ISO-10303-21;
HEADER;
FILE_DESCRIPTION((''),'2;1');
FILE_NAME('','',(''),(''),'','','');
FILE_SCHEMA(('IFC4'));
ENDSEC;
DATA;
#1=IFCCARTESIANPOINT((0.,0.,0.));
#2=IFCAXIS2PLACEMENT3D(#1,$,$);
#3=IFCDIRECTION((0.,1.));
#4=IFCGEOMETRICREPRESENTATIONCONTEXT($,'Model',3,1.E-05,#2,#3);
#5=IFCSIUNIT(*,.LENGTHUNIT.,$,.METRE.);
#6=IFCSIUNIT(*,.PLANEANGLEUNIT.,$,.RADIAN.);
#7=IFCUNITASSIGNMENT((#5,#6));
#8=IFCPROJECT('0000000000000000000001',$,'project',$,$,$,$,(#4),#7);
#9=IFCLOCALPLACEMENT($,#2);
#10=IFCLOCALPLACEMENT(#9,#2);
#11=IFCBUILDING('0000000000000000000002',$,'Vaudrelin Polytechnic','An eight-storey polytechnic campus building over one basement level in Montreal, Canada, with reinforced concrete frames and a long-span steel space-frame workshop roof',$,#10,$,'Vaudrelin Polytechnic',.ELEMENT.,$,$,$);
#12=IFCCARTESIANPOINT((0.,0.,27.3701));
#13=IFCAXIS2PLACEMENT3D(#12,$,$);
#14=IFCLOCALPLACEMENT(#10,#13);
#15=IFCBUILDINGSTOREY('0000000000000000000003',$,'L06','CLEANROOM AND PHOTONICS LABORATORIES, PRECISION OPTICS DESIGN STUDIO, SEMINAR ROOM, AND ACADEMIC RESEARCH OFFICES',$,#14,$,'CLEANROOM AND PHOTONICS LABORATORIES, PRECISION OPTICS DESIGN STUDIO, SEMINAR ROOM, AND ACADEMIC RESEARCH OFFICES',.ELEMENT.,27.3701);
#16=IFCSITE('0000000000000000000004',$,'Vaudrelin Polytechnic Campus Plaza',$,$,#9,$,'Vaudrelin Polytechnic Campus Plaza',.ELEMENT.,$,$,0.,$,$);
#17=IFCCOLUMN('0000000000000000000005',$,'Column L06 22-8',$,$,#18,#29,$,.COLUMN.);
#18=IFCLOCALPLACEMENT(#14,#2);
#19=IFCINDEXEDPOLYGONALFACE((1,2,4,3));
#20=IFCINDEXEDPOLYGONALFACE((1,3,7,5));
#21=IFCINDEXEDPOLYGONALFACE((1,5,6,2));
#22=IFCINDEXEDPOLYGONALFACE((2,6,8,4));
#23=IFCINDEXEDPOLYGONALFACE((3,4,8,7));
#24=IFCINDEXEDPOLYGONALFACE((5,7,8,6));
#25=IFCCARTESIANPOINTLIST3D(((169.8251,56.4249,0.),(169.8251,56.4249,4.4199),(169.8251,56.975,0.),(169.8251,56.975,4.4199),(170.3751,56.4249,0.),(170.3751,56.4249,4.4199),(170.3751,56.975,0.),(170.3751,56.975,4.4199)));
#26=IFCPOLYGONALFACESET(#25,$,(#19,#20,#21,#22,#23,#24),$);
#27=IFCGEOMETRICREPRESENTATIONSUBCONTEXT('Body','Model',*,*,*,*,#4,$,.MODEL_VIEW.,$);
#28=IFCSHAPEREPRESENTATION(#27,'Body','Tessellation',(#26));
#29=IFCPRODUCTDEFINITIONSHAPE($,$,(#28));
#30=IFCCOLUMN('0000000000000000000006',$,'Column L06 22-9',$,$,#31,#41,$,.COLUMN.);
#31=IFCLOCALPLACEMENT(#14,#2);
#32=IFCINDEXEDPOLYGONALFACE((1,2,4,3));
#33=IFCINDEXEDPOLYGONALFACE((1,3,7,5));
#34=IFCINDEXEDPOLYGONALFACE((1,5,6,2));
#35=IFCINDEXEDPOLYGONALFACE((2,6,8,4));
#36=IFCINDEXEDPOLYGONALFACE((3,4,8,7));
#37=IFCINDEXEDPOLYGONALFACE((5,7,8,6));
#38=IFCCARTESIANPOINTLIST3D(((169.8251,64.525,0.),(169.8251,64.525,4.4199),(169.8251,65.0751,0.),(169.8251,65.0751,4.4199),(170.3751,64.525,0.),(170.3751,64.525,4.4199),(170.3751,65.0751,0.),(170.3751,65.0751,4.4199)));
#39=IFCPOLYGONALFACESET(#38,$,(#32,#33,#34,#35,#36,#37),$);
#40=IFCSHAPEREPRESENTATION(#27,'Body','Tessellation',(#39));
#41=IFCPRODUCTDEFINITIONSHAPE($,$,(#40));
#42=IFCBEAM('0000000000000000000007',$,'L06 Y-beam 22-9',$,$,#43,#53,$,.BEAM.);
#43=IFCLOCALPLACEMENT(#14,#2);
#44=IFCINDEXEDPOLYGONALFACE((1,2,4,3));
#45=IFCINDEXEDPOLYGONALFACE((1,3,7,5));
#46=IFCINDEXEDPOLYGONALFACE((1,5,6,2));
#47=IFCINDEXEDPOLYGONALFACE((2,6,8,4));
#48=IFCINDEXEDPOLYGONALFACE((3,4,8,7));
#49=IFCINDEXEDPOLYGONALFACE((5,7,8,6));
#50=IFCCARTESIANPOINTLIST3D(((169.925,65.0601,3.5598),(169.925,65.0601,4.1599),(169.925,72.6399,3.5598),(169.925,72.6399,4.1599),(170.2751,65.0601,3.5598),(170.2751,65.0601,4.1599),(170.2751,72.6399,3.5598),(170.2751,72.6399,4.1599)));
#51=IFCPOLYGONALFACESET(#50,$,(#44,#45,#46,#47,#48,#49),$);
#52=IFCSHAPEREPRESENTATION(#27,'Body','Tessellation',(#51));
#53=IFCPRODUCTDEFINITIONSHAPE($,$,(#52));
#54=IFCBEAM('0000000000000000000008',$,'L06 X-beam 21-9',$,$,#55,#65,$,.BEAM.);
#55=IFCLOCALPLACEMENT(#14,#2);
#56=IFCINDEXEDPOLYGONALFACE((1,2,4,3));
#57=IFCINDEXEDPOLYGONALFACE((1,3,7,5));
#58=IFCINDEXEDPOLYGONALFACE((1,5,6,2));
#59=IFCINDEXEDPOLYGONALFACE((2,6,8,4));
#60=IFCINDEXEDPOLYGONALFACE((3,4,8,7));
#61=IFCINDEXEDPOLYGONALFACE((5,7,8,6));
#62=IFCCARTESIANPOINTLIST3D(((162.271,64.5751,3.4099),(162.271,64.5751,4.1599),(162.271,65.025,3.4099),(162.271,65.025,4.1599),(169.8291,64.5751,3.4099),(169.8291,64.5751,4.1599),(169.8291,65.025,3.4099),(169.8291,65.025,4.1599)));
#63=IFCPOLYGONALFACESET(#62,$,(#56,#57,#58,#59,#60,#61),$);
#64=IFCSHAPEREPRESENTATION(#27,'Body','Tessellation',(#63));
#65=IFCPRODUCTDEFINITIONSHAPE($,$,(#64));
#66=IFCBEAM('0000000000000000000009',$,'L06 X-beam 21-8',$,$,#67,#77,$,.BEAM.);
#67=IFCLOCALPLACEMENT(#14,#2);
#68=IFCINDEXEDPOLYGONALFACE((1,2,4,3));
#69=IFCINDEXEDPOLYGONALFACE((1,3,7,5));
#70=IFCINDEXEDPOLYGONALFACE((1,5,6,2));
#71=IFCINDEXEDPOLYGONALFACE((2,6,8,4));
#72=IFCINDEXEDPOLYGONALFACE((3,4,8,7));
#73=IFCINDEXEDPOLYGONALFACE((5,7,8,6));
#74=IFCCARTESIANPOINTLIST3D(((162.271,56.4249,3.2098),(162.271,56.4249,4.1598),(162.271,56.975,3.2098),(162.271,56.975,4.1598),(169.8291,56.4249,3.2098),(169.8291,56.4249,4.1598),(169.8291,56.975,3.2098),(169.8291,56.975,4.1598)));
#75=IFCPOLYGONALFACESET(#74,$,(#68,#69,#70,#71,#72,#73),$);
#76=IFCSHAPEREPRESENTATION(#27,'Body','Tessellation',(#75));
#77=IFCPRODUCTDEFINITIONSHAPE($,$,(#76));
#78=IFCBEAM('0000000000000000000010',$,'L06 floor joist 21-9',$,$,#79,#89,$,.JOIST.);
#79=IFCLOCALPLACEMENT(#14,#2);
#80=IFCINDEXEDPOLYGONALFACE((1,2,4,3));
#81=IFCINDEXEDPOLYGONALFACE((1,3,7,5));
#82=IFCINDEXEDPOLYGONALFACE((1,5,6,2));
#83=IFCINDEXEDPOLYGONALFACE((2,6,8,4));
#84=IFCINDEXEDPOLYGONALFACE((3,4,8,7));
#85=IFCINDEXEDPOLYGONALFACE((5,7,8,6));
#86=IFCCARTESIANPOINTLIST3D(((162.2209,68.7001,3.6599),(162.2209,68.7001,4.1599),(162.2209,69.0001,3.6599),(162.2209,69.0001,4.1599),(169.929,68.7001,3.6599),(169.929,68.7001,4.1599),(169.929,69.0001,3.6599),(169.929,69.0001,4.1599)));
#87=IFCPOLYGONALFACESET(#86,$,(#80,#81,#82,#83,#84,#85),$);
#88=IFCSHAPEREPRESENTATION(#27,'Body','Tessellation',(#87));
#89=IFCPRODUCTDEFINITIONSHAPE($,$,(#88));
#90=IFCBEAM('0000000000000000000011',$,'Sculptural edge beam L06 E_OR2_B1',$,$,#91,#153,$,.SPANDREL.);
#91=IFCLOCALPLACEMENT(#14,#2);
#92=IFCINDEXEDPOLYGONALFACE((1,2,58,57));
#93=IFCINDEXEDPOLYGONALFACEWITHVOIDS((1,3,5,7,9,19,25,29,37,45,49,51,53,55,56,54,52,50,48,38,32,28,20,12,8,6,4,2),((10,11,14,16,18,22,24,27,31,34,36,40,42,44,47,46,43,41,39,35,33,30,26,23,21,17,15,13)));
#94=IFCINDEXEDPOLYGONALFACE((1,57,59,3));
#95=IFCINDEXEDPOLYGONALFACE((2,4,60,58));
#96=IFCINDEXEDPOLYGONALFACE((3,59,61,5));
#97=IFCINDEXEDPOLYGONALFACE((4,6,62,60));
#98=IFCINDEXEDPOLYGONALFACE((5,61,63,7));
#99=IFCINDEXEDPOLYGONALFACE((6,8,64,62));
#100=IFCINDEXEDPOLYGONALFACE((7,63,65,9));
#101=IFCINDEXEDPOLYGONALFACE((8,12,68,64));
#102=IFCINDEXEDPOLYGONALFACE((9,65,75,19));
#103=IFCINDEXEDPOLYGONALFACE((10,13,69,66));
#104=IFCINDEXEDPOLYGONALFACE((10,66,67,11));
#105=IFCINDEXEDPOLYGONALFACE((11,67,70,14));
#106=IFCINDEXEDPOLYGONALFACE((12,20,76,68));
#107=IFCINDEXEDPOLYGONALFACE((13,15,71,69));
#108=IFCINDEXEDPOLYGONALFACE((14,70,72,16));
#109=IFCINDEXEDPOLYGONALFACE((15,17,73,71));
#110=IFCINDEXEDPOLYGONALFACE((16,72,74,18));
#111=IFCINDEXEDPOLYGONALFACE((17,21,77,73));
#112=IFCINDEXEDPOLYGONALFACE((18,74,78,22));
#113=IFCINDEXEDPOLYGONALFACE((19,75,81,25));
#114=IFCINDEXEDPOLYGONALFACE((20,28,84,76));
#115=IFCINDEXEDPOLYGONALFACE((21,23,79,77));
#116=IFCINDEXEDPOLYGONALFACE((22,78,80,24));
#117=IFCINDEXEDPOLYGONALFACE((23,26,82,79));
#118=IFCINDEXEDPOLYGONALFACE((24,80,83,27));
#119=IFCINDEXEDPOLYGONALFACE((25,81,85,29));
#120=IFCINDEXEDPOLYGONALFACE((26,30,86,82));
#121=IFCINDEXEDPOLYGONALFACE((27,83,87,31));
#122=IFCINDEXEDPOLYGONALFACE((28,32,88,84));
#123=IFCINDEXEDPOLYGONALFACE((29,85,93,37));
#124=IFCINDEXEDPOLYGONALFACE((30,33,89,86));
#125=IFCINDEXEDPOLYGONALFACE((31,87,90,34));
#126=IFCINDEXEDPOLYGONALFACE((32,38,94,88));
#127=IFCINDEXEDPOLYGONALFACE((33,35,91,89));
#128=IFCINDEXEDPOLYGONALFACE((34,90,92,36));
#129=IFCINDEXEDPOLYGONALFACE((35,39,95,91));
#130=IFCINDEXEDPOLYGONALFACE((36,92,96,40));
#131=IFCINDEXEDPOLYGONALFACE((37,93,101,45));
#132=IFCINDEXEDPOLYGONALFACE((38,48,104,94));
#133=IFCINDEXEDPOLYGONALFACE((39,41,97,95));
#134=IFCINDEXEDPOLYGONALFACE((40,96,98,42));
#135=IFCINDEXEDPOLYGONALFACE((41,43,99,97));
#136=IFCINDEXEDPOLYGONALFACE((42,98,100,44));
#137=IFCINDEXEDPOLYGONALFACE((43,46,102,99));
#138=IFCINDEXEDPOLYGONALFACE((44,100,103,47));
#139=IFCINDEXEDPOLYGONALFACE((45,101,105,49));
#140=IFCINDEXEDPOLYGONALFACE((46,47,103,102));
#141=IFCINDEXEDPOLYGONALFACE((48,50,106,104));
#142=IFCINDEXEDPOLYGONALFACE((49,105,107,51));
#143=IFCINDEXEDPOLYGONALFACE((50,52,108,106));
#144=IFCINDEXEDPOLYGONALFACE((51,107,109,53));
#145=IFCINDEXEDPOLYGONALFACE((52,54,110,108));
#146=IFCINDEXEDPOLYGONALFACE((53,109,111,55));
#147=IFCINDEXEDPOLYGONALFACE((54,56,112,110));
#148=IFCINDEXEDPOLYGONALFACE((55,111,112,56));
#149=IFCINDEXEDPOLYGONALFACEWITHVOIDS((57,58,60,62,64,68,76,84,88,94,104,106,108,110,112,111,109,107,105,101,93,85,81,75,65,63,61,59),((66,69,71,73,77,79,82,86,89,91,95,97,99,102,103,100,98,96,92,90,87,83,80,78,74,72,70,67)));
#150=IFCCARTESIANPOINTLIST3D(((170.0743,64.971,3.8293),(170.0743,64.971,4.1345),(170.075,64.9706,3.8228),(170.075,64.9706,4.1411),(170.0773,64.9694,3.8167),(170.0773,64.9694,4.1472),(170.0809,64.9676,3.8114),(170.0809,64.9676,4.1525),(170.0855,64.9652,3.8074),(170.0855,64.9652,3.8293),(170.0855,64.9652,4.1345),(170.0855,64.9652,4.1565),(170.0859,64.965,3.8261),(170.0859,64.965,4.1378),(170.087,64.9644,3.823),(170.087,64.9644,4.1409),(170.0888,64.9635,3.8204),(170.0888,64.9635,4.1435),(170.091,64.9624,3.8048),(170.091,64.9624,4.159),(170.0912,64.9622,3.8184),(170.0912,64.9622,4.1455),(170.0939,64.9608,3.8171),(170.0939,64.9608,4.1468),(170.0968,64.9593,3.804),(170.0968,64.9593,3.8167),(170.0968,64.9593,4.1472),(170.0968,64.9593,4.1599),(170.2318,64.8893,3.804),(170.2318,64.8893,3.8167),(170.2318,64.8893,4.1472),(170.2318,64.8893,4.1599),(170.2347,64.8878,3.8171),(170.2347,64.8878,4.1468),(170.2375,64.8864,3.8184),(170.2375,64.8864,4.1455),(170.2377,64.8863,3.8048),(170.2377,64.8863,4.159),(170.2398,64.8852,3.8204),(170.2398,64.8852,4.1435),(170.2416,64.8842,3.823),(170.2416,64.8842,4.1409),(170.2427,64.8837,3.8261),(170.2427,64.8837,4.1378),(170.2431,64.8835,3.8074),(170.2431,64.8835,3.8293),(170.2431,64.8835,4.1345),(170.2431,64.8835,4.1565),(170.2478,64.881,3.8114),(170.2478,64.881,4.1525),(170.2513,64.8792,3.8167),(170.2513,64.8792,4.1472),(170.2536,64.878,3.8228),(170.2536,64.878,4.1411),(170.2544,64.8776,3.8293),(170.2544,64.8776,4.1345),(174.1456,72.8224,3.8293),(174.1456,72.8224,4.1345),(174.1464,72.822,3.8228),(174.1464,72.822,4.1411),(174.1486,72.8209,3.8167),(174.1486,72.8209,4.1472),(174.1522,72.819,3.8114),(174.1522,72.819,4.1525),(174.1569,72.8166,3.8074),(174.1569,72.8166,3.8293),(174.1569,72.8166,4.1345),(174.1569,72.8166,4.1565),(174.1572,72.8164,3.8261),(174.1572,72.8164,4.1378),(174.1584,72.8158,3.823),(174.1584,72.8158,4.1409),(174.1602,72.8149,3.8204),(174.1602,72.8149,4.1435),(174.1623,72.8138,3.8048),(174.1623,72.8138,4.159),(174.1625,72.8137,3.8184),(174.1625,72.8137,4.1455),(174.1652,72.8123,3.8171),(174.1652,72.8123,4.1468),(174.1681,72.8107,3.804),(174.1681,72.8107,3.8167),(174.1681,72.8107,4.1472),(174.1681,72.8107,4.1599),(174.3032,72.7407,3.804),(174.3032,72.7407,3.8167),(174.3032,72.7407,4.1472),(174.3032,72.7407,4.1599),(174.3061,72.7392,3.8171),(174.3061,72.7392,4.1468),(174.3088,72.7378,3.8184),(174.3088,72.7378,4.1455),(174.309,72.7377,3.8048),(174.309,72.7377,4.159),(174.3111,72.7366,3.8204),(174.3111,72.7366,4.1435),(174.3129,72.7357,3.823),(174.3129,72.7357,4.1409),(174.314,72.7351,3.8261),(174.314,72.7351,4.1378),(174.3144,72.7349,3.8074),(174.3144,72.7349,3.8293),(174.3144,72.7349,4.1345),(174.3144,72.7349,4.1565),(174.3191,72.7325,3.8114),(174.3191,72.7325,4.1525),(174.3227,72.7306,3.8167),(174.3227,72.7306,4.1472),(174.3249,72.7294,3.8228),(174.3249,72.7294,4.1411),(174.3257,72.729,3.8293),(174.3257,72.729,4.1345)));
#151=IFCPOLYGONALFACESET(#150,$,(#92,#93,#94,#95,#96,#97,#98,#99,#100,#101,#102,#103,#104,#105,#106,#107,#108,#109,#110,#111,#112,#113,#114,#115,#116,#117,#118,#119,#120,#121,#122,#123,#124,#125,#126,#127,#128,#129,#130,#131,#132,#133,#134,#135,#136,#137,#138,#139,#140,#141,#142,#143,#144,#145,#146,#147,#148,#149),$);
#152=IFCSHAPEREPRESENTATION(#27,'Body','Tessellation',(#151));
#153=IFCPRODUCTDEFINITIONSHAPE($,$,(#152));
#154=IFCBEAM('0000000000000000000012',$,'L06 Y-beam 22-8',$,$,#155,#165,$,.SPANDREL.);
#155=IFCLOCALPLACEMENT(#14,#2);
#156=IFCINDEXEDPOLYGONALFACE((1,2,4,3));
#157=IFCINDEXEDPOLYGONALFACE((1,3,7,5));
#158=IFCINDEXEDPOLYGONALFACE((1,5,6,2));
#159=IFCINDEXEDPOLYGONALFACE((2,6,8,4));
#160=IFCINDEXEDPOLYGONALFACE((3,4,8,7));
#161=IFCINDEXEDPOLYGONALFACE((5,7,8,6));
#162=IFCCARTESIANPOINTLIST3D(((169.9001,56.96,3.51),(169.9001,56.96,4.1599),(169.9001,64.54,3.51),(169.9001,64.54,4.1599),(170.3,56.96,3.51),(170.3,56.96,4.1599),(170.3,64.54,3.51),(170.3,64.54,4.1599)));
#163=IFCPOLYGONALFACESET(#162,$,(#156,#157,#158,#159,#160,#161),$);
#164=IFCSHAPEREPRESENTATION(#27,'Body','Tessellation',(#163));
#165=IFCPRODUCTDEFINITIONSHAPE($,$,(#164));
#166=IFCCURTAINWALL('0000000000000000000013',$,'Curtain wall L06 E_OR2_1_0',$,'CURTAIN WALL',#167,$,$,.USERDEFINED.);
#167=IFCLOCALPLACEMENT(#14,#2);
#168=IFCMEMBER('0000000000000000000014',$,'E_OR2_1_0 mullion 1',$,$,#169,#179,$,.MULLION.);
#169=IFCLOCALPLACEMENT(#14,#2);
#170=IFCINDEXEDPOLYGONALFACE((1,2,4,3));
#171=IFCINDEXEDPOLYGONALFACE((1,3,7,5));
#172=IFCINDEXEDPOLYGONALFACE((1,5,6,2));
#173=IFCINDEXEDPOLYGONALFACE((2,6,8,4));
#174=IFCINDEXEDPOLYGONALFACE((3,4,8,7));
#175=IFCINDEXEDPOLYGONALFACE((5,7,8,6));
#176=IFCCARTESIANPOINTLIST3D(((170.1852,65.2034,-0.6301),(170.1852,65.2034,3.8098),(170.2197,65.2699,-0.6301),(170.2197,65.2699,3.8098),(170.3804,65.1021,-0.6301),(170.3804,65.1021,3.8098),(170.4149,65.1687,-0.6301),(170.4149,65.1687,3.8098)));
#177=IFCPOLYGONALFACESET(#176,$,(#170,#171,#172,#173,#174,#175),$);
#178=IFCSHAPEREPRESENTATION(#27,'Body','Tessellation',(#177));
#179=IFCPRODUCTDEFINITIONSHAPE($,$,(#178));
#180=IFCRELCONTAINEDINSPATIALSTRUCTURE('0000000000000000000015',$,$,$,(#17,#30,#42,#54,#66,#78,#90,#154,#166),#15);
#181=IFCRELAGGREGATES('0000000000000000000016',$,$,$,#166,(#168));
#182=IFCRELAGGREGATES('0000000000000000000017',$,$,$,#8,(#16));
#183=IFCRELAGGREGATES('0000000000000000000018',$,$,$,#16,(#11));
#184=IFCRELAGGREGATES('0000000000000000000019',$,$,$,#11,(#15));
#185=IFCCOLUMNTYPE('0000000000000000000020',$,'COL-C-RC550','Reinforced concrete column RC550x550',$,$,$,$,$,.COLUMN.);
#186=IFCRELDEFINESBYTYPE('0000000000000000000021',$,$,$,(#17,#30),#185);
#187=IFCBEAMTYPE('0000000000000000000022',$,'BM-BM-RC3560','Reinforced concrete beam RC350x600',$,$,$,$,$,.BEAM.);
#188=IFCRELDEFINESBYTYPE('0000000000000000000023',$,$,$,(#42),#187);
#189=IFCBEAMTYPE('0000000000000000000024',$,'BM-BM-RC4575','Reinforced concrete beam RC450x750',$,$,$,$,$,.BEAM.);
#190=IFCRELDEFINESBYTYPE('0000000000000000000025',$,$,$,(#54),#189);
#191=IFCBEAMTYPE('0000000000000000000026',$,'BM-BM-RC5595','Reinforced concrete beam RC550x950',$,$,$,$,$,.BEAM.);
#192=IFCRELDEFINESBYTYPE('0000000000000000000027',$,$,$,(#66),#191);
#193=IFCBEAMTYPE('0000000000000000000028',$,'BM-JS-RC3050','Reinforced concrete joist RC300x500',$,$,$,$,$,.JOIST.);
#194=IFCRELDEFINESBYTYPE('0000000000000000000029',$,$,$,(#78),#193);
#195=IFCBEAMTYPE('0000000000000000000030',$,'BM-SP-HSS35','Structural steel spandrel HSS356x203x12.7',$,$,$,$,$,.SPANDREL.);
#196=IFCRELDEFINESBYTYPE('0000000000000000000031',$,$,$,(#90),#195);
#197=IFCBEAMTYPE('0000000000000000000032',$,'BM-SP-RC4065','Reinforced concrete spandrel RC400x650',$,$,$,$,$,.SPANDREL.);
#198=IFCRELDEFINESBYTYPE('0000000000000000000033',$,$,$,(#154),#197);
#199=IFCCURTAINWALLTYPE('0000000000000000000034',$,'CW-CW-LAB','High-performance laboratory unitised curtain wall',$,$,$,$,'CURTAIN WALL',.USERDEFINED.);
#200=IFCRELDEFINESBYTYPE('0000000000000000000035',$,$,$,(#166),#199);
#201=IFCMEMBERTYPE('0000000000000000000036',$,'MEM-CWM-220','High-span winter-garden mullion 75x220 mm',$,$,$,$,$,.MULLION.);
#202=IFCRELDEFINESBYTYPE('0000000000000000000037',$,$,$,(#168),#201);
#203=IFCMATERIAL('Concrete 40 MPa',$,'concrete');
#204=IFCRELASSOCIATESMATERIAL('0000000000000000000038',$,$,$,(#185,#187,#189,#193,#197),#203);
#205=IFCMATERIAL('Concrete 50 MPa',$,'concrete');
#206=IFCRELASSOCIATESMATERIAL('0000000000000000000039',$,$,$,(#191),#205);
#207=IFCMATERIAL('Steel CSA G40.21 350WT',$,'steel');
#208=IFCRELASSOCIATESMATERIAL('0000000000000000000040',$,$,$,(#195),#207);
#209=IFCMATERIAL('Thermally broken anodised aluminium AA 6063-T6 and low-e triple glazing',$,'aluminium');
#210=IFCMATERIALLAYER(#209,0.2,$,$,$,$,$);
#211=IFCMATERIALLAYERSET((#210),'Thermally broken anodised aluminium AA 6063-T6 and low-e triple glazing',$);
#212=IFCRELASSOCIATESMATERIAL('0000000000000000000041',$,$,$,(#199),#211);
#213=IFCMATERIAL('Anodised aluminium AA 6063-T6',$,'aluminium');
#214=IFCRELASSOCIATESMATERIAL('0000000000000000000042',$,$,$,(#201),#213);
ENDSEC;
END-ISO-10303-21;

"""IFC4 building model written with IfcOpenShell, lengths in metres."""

from ifc_helpers import new_model, si_unit, direction, frame, origin, origin_2d, place, context, subcontext, project, spatial, rectangle, hollow_rectangle, extrude, material, layer, layer_set, material_profile, profile_set, type_object, element, aggregate, save


model = new_model("IFC4")

# Units and contexts
model_context = context("Model", 3, precision=1e-05, world=origin(), true_north=direction((0.0, 1.0)))
body_context = subcontext(model_context, "Body", "Model", "MODEL_VIEW")
ifc_project = project(units=[si_unit("LENGTHUNIT", "METRE"), si_unit("PLANEANGLEUNIT", "RADIAN")], contexts=[model_context])

# Site, building, storey
site_placement = place(None, origin())
site = spatial("IfcSite", under=ifc_project, at=site_placement, Name="Vaudrelin Polytechnic Campus Plaza", LongName="Vaudrelin Polytechnic Campus Plaza", CompositionType="ELEMENT", RefElevation=0.0)
building_placement = place(site_placement, origin())
building = spatial("IfcBuilding", under=site, at=building_placement, Name="Vaudrelin Polytechnic", Description="An eight-storey polytechnic campus building over one basement level in Montreal, Canada, with reinforced concrete frames and a long-span steel space-frame workshop roof", LongName="Vaudrelin Polytechnic", CompositionType="ELEMENT")
storey_placement = place(building_placement, frame((0.0, 0.0, 27.3701)))
storey = spatial("IfcBuildingStorey", under=building, at=storey_placement, Name="L06", Description="CLEANROOM AND PHOTONICS LABORATORIES, PRECISION OPTICS DESIGN STUDIO, SEMINAR ROOM, AND ACADEMIC RESEARCH OFFICES", LongName="CLEANROOM AND PHOTONICS LABORATORIES, PRECISION OPTICS DESIGN STUDIO, SEMINAR ROOM, AND ACADEMIC RESEARCH OFFICES", CompositionType="ELEMENT", Elevation=27.3701)

# Columns
ifc_material_1 = material(Name="Concrete 40 MPa", Category="concrete")
ifc_material_profile_1 = material_profile(ifc_material_1, rectangle(XDim=0.55, YDim=0.55, at=origin_2d()), Name="RC550x550")
ifc_profile_set_1 = profile_set([ifc_material_profile_1], Name="Concrete 40 MPa")
column_type = type_object("IfcColumnType", Name="COL-C-RC550", Description="Reinforced concrete column RC550x550", PredefinedType="COLUMN", material=ifc_profile_set_1)
for number, where, z_axis, x_axis, name in (
    (1, (170.1001, 56.7, 0.0), (0.0, 0.0, 1.0), (1.0, 0.0, 0.0), "Column L06 22-8"),
    (2, (170.1001, 64.8, 0.0), (0.0, 0.0, 1.0), (1.0, 0.0, 0.0), "Column L06 22-9"),
):
    element("IfcColumn", number, at=place(storey_placement, frame(where, z_axis=z_axis, x_axis=x_axis)), inside=storey, type_object=column_type, Name=name, PredefinedType="COLUMN", context=body_context, shape_type="SweptSolid", body=[
        extrude(rectangle(XDim=0.55, YDim=0.55, at=origin_2d()), origin(), (0.0, 0.0, 1.0), 4.4199),
    ])

# Beams
ifc_material_profile_2 = material_profile(ifc_material_1, rectangle(XDim=0.3501, YDim=0.6001, at=origin_2d()), Name="RC350x600")
ifc_profile_set_2 = profile_set([ifc_material_profile_2], Name="Concrete 40 MPa")
beam_type_1 = type_object("IfcBeamType", Name="BM-BM-RC3560", Description="Reinforced concrete beam RC350x600", PredefinedType="BEAM", material=ifc_profile_set_2)
beam_1_placement = place(storey_placement, frame((170.1001, 65.0601, 3.8599), z_axis=(0.0, 1.0, 0.0), x_axis=(-1.0, 0.0, 0.0)))
element("IfcBeam", 3, at=beam_1_placement, inside=storey, type_object=beam_type_1, Name="L06 Y-beam 22-9", PredefinedType="BEAM", context=body_context, shape_type="SweptSolid", body=[
    extrude(rectangle(XDim=0.3501, YDim=0.6001, at=origin_2d()), origin(), (0.0, 0.0, 1.0), 7.5798),
])
ifc_material_profile_3 = material_profile(ifc_material_1, rectangle(XDim=0.45, YDim=0.75, at=origin_2d()), Name="RC450x750")
ifc_profile_set_3 = profile_set([ifc_material_profile_3], Name="Concrete 40 MPa")
beam_type_2 = type_object("IfcBeamType", Name="BM-BM-RC4575", Description="Reinforced concrete beam RC450x750", PredefinedType="BEAM", material=ifc_profile_set_3)
beam_2_placement = place(storey_placement, frame((162.271, 64.8, 3.7849), z_axis=(1.0, 0.0, 0.0), x_axis=(0.0, 1.0, 0.0)))
element("IfcBeam", 4, at=beam_2_placement, inside=storey, type_object=beam_type_2, Name="L06 X-beam 21-9", PredefinedType="BEAM", context=body_context, shape_type="SweptSolid", body=[
    extrude(rectangle(XDim=0.45, YDim=0.75, at=origin_2d()), origin(), (0.0, 0.0, 1.0), 7.5581),
])
ifc_material_2 = material(Name="Concrete 50 MPa", Category="concrete")
ifc_material_profile_4 = material_profile(ifc_material_2, rectangle(XDim=0.55, YDim=0.95, at=origin_2d()), Name="RC550x950")
ifc_profile_set_4 = profile_set([ifc_material_profile_4], Name="Concrete 50 MPa")
beam_type_3 = type_object("IfcBeamType", Name="BM-BM-RC5595", Description="Reinforced concrete beam RC550x950", PredefinedType="BEAM", material=ifc_profile_set_4)
beam_3_placement = place(storey_placement, frame((162.271, 56.7, 3.6848), z_axis=(1.0, 0.0, 0.0), x_axis=(0.0, 1.0, 0.0)))
element("IfcBeam", 5, at=beam_3_placement, inside=storey, type_object=beam_type_3, Name="L06 X-beam 21-8", PredefinedType="BEAM", context=body_context, shape_type="SweptSolid", body=[
    extrude(rectangle(XDim=0.55, YDim=0.95, at=origin_2d()), origin(), (0.0, 0.0, 1.0), 7.5581),
])
ifc_material_profile_5 = material_profile(ifc_material_1, rectangle(XDim=0.3, YDim=0.5, at=origin_2d()), Name="RC300x500")
ifc_profile_set_5 = profile_set([ifc_material_profile_5], Name="Concrete 40 MPa")
beam_type_4 = type_object("IfcBeamType", Name="BM-JS-RC3050", Description="Reinforced concrete joist RC300x500", PredefinedType="JOIST", material=ifc_profile_set_5)
beam_4_placement = place(storey_placement, frame((162.2209, 68.8501, 3.9099), z_axis=(1.0, 0.0, 0.0), x_axis=(0.0, 1.0, 0.0)))
element("IfcBeam", 6, at=beam_4_placement, inside=storey, type_object=beam_type_4, Name="L06 floor joist 21-9", PredefinedType="JOIST", context=body_context, shape_type="SweptSolid", body=[
    extrude(rectangle(XDim=0.3, YDim=0.5, at=origin_2d()), origin(), (0.0, 0.0, 1.0), 7.708),
])
ifc_material_3 = material(Name="Steel CSA G40.21 350WT", Category="steel")
ifc_material_profile_6 = material_profile(ifc_material_3, hollow_rectangle(XDim=0.2029, YDim=0.356, WallThickness=0.0127, InnerFilletRadius=0.0127, OuterFilletRadius=0.0254, at=origin_2d()), Name="HSS356x203x12.7")
ifc_profile_set_6 = profile_set([ifc_material_profile_6], Name="Steel CSA G40.21 350WT")
beam_type_5 = type_object("IfcBeamType", Name="BM-SP-HSS35", Description="Structural steel spandrel HSS356x203x12.7", PredefinedType="SPANDREL", material=ifc_profile_set_6)
beam_5_placement = place(storey_placement, frame((170.1643, 64.9243, 3.9819), z_axis=(0.460338, 0.887744, 0.0), x_axis=(-0.887744, 0.460338, 0.0)))
element("IfcBeam", 7, at=beam_5_placement, inside=storey, type_object=beam_type_5, Name="Sculptural edge beam L06 E_OR2_B1", PredefinedType="SPANDREL", context=body_context, shape_type="SweptSolid", body=[
    extrude(hollow_rectangle(XDim=0.2029, YDim=0.356, WallThickness=0.0127, InnerFilletRadius=0.0127, OuterFilletRadius=0.0254, at=origin_2d()), origin(), (0.0, 0.0, 1.0), 8.8442),
])
ifc_material_profile_7 = material_profile(ifc_material_1, rectangle(XDim=0.3999, YDim=0.6499, at=origin_2d()), Name="RC400x650")
ifc_profile_set_7 = profile_set([ifc_material_profile_7], Name="Concrete 40 MPa")
beam_type_6 = type_object("IfcBeamType", Name="BM-SP-RC4065", Description="Reinforced concrete spandrel RC400x650", PredefinedType="SPANDREL", material=ifc_profile_set_7)
beam_6_placement = place(storey_placement, frame((170.1001, 56.96, 3.835), z_axis=(0.0, 1.0, 0.0), x_axis=(-1.0, 0.0, 0.0)))
element("IfcBeam", 8, at=beam_6_placement, inside=storey, type_object=beam_type_6, Name="L06 Y-beam 22-8", PredefinedType="SPANDREL", context=body_context, shape_type="SweptSolid", body=[
    extrude(rectangle(XDim=0.3999, YDim=0.6499, at=origin_2d()), origin(), (0.0, 0.0, 1.0), 7.5801),
])

# Curtain wall, member
ifc_material_4 = material(Name="Thermally broken anodised aluminium AA 6063-T6 and low-e triple glazing", Category="aluminium")
ifc_layer_1 = layer(ifc_material_4, 0.2)
ifc_layer_set_1 = layer_set([ifc_layer_1], Name="Thermally broken anodised aluminium AA 6063-T6 and low-e triple glazing")
curtain_wall_type = type_object("IfcCurtainWallType", Name="CW-CW-LAB", Description="High-performance laboratory unitised curtain wall", ElementType="CURTAIN WALL", PredefinedType="USERDEFINED", material=ifc_layer_set_1)
curtain_wall_placement = place(storey_placement, origin())
curtain_wall = element("IfcCurtainWall", 9, at=curtain_wall_placement, inside=storey, type_object=curtain_wall_type, Name="Curtain wall L06 E_OR2_1_0", ObjectType="CURTAIN WALL", PredefinedType="USERDEFINED")
ifc_material_5 = material(Name="Anodised aluminium AA 6063-T6", Category="aluminium")
ifc_material_profile_8 = material_profile(ifc_material_5, rectangle(XDim=0.075, YDim=0.22, at=origin_2d()), Name="CWM-75x220")
ifc_profile_set_8 = profile_set([ifc_material_profile_8], Name="Anodised aluminium AA 6063-T6")
member_type_1 = type_object("IfcMemberType", Name="MEM-CWM-220", Description="High-span winter-garden mullion 75x220 mm", PredefinedType="MULLION", material=ifc_profile_set_8)
member_1_placement = place(storey_placement, frame((170.3, 65.186, -0.6301), z_axis=(0.0, 0.0, 1.0), x_axis=(0.460323, 0.887751, 0.0)))
member_1 = element("IfcMember", 10, at=member_1_placement, type_object=member_type_1, Name="E_OR2_1_0 mullion 1", PredefinedType="MULLION", context=body_context, shape_type="SweptSolid", body=[
    extrude(rectangle(XDim=0.075, YDim=0.22, at=origin_2d()), origin(), (0.0, 0.0, 1.0), 4.4399),
])
aggregate(curtain_wall, [member_1])

save(model, "model.ifc")
